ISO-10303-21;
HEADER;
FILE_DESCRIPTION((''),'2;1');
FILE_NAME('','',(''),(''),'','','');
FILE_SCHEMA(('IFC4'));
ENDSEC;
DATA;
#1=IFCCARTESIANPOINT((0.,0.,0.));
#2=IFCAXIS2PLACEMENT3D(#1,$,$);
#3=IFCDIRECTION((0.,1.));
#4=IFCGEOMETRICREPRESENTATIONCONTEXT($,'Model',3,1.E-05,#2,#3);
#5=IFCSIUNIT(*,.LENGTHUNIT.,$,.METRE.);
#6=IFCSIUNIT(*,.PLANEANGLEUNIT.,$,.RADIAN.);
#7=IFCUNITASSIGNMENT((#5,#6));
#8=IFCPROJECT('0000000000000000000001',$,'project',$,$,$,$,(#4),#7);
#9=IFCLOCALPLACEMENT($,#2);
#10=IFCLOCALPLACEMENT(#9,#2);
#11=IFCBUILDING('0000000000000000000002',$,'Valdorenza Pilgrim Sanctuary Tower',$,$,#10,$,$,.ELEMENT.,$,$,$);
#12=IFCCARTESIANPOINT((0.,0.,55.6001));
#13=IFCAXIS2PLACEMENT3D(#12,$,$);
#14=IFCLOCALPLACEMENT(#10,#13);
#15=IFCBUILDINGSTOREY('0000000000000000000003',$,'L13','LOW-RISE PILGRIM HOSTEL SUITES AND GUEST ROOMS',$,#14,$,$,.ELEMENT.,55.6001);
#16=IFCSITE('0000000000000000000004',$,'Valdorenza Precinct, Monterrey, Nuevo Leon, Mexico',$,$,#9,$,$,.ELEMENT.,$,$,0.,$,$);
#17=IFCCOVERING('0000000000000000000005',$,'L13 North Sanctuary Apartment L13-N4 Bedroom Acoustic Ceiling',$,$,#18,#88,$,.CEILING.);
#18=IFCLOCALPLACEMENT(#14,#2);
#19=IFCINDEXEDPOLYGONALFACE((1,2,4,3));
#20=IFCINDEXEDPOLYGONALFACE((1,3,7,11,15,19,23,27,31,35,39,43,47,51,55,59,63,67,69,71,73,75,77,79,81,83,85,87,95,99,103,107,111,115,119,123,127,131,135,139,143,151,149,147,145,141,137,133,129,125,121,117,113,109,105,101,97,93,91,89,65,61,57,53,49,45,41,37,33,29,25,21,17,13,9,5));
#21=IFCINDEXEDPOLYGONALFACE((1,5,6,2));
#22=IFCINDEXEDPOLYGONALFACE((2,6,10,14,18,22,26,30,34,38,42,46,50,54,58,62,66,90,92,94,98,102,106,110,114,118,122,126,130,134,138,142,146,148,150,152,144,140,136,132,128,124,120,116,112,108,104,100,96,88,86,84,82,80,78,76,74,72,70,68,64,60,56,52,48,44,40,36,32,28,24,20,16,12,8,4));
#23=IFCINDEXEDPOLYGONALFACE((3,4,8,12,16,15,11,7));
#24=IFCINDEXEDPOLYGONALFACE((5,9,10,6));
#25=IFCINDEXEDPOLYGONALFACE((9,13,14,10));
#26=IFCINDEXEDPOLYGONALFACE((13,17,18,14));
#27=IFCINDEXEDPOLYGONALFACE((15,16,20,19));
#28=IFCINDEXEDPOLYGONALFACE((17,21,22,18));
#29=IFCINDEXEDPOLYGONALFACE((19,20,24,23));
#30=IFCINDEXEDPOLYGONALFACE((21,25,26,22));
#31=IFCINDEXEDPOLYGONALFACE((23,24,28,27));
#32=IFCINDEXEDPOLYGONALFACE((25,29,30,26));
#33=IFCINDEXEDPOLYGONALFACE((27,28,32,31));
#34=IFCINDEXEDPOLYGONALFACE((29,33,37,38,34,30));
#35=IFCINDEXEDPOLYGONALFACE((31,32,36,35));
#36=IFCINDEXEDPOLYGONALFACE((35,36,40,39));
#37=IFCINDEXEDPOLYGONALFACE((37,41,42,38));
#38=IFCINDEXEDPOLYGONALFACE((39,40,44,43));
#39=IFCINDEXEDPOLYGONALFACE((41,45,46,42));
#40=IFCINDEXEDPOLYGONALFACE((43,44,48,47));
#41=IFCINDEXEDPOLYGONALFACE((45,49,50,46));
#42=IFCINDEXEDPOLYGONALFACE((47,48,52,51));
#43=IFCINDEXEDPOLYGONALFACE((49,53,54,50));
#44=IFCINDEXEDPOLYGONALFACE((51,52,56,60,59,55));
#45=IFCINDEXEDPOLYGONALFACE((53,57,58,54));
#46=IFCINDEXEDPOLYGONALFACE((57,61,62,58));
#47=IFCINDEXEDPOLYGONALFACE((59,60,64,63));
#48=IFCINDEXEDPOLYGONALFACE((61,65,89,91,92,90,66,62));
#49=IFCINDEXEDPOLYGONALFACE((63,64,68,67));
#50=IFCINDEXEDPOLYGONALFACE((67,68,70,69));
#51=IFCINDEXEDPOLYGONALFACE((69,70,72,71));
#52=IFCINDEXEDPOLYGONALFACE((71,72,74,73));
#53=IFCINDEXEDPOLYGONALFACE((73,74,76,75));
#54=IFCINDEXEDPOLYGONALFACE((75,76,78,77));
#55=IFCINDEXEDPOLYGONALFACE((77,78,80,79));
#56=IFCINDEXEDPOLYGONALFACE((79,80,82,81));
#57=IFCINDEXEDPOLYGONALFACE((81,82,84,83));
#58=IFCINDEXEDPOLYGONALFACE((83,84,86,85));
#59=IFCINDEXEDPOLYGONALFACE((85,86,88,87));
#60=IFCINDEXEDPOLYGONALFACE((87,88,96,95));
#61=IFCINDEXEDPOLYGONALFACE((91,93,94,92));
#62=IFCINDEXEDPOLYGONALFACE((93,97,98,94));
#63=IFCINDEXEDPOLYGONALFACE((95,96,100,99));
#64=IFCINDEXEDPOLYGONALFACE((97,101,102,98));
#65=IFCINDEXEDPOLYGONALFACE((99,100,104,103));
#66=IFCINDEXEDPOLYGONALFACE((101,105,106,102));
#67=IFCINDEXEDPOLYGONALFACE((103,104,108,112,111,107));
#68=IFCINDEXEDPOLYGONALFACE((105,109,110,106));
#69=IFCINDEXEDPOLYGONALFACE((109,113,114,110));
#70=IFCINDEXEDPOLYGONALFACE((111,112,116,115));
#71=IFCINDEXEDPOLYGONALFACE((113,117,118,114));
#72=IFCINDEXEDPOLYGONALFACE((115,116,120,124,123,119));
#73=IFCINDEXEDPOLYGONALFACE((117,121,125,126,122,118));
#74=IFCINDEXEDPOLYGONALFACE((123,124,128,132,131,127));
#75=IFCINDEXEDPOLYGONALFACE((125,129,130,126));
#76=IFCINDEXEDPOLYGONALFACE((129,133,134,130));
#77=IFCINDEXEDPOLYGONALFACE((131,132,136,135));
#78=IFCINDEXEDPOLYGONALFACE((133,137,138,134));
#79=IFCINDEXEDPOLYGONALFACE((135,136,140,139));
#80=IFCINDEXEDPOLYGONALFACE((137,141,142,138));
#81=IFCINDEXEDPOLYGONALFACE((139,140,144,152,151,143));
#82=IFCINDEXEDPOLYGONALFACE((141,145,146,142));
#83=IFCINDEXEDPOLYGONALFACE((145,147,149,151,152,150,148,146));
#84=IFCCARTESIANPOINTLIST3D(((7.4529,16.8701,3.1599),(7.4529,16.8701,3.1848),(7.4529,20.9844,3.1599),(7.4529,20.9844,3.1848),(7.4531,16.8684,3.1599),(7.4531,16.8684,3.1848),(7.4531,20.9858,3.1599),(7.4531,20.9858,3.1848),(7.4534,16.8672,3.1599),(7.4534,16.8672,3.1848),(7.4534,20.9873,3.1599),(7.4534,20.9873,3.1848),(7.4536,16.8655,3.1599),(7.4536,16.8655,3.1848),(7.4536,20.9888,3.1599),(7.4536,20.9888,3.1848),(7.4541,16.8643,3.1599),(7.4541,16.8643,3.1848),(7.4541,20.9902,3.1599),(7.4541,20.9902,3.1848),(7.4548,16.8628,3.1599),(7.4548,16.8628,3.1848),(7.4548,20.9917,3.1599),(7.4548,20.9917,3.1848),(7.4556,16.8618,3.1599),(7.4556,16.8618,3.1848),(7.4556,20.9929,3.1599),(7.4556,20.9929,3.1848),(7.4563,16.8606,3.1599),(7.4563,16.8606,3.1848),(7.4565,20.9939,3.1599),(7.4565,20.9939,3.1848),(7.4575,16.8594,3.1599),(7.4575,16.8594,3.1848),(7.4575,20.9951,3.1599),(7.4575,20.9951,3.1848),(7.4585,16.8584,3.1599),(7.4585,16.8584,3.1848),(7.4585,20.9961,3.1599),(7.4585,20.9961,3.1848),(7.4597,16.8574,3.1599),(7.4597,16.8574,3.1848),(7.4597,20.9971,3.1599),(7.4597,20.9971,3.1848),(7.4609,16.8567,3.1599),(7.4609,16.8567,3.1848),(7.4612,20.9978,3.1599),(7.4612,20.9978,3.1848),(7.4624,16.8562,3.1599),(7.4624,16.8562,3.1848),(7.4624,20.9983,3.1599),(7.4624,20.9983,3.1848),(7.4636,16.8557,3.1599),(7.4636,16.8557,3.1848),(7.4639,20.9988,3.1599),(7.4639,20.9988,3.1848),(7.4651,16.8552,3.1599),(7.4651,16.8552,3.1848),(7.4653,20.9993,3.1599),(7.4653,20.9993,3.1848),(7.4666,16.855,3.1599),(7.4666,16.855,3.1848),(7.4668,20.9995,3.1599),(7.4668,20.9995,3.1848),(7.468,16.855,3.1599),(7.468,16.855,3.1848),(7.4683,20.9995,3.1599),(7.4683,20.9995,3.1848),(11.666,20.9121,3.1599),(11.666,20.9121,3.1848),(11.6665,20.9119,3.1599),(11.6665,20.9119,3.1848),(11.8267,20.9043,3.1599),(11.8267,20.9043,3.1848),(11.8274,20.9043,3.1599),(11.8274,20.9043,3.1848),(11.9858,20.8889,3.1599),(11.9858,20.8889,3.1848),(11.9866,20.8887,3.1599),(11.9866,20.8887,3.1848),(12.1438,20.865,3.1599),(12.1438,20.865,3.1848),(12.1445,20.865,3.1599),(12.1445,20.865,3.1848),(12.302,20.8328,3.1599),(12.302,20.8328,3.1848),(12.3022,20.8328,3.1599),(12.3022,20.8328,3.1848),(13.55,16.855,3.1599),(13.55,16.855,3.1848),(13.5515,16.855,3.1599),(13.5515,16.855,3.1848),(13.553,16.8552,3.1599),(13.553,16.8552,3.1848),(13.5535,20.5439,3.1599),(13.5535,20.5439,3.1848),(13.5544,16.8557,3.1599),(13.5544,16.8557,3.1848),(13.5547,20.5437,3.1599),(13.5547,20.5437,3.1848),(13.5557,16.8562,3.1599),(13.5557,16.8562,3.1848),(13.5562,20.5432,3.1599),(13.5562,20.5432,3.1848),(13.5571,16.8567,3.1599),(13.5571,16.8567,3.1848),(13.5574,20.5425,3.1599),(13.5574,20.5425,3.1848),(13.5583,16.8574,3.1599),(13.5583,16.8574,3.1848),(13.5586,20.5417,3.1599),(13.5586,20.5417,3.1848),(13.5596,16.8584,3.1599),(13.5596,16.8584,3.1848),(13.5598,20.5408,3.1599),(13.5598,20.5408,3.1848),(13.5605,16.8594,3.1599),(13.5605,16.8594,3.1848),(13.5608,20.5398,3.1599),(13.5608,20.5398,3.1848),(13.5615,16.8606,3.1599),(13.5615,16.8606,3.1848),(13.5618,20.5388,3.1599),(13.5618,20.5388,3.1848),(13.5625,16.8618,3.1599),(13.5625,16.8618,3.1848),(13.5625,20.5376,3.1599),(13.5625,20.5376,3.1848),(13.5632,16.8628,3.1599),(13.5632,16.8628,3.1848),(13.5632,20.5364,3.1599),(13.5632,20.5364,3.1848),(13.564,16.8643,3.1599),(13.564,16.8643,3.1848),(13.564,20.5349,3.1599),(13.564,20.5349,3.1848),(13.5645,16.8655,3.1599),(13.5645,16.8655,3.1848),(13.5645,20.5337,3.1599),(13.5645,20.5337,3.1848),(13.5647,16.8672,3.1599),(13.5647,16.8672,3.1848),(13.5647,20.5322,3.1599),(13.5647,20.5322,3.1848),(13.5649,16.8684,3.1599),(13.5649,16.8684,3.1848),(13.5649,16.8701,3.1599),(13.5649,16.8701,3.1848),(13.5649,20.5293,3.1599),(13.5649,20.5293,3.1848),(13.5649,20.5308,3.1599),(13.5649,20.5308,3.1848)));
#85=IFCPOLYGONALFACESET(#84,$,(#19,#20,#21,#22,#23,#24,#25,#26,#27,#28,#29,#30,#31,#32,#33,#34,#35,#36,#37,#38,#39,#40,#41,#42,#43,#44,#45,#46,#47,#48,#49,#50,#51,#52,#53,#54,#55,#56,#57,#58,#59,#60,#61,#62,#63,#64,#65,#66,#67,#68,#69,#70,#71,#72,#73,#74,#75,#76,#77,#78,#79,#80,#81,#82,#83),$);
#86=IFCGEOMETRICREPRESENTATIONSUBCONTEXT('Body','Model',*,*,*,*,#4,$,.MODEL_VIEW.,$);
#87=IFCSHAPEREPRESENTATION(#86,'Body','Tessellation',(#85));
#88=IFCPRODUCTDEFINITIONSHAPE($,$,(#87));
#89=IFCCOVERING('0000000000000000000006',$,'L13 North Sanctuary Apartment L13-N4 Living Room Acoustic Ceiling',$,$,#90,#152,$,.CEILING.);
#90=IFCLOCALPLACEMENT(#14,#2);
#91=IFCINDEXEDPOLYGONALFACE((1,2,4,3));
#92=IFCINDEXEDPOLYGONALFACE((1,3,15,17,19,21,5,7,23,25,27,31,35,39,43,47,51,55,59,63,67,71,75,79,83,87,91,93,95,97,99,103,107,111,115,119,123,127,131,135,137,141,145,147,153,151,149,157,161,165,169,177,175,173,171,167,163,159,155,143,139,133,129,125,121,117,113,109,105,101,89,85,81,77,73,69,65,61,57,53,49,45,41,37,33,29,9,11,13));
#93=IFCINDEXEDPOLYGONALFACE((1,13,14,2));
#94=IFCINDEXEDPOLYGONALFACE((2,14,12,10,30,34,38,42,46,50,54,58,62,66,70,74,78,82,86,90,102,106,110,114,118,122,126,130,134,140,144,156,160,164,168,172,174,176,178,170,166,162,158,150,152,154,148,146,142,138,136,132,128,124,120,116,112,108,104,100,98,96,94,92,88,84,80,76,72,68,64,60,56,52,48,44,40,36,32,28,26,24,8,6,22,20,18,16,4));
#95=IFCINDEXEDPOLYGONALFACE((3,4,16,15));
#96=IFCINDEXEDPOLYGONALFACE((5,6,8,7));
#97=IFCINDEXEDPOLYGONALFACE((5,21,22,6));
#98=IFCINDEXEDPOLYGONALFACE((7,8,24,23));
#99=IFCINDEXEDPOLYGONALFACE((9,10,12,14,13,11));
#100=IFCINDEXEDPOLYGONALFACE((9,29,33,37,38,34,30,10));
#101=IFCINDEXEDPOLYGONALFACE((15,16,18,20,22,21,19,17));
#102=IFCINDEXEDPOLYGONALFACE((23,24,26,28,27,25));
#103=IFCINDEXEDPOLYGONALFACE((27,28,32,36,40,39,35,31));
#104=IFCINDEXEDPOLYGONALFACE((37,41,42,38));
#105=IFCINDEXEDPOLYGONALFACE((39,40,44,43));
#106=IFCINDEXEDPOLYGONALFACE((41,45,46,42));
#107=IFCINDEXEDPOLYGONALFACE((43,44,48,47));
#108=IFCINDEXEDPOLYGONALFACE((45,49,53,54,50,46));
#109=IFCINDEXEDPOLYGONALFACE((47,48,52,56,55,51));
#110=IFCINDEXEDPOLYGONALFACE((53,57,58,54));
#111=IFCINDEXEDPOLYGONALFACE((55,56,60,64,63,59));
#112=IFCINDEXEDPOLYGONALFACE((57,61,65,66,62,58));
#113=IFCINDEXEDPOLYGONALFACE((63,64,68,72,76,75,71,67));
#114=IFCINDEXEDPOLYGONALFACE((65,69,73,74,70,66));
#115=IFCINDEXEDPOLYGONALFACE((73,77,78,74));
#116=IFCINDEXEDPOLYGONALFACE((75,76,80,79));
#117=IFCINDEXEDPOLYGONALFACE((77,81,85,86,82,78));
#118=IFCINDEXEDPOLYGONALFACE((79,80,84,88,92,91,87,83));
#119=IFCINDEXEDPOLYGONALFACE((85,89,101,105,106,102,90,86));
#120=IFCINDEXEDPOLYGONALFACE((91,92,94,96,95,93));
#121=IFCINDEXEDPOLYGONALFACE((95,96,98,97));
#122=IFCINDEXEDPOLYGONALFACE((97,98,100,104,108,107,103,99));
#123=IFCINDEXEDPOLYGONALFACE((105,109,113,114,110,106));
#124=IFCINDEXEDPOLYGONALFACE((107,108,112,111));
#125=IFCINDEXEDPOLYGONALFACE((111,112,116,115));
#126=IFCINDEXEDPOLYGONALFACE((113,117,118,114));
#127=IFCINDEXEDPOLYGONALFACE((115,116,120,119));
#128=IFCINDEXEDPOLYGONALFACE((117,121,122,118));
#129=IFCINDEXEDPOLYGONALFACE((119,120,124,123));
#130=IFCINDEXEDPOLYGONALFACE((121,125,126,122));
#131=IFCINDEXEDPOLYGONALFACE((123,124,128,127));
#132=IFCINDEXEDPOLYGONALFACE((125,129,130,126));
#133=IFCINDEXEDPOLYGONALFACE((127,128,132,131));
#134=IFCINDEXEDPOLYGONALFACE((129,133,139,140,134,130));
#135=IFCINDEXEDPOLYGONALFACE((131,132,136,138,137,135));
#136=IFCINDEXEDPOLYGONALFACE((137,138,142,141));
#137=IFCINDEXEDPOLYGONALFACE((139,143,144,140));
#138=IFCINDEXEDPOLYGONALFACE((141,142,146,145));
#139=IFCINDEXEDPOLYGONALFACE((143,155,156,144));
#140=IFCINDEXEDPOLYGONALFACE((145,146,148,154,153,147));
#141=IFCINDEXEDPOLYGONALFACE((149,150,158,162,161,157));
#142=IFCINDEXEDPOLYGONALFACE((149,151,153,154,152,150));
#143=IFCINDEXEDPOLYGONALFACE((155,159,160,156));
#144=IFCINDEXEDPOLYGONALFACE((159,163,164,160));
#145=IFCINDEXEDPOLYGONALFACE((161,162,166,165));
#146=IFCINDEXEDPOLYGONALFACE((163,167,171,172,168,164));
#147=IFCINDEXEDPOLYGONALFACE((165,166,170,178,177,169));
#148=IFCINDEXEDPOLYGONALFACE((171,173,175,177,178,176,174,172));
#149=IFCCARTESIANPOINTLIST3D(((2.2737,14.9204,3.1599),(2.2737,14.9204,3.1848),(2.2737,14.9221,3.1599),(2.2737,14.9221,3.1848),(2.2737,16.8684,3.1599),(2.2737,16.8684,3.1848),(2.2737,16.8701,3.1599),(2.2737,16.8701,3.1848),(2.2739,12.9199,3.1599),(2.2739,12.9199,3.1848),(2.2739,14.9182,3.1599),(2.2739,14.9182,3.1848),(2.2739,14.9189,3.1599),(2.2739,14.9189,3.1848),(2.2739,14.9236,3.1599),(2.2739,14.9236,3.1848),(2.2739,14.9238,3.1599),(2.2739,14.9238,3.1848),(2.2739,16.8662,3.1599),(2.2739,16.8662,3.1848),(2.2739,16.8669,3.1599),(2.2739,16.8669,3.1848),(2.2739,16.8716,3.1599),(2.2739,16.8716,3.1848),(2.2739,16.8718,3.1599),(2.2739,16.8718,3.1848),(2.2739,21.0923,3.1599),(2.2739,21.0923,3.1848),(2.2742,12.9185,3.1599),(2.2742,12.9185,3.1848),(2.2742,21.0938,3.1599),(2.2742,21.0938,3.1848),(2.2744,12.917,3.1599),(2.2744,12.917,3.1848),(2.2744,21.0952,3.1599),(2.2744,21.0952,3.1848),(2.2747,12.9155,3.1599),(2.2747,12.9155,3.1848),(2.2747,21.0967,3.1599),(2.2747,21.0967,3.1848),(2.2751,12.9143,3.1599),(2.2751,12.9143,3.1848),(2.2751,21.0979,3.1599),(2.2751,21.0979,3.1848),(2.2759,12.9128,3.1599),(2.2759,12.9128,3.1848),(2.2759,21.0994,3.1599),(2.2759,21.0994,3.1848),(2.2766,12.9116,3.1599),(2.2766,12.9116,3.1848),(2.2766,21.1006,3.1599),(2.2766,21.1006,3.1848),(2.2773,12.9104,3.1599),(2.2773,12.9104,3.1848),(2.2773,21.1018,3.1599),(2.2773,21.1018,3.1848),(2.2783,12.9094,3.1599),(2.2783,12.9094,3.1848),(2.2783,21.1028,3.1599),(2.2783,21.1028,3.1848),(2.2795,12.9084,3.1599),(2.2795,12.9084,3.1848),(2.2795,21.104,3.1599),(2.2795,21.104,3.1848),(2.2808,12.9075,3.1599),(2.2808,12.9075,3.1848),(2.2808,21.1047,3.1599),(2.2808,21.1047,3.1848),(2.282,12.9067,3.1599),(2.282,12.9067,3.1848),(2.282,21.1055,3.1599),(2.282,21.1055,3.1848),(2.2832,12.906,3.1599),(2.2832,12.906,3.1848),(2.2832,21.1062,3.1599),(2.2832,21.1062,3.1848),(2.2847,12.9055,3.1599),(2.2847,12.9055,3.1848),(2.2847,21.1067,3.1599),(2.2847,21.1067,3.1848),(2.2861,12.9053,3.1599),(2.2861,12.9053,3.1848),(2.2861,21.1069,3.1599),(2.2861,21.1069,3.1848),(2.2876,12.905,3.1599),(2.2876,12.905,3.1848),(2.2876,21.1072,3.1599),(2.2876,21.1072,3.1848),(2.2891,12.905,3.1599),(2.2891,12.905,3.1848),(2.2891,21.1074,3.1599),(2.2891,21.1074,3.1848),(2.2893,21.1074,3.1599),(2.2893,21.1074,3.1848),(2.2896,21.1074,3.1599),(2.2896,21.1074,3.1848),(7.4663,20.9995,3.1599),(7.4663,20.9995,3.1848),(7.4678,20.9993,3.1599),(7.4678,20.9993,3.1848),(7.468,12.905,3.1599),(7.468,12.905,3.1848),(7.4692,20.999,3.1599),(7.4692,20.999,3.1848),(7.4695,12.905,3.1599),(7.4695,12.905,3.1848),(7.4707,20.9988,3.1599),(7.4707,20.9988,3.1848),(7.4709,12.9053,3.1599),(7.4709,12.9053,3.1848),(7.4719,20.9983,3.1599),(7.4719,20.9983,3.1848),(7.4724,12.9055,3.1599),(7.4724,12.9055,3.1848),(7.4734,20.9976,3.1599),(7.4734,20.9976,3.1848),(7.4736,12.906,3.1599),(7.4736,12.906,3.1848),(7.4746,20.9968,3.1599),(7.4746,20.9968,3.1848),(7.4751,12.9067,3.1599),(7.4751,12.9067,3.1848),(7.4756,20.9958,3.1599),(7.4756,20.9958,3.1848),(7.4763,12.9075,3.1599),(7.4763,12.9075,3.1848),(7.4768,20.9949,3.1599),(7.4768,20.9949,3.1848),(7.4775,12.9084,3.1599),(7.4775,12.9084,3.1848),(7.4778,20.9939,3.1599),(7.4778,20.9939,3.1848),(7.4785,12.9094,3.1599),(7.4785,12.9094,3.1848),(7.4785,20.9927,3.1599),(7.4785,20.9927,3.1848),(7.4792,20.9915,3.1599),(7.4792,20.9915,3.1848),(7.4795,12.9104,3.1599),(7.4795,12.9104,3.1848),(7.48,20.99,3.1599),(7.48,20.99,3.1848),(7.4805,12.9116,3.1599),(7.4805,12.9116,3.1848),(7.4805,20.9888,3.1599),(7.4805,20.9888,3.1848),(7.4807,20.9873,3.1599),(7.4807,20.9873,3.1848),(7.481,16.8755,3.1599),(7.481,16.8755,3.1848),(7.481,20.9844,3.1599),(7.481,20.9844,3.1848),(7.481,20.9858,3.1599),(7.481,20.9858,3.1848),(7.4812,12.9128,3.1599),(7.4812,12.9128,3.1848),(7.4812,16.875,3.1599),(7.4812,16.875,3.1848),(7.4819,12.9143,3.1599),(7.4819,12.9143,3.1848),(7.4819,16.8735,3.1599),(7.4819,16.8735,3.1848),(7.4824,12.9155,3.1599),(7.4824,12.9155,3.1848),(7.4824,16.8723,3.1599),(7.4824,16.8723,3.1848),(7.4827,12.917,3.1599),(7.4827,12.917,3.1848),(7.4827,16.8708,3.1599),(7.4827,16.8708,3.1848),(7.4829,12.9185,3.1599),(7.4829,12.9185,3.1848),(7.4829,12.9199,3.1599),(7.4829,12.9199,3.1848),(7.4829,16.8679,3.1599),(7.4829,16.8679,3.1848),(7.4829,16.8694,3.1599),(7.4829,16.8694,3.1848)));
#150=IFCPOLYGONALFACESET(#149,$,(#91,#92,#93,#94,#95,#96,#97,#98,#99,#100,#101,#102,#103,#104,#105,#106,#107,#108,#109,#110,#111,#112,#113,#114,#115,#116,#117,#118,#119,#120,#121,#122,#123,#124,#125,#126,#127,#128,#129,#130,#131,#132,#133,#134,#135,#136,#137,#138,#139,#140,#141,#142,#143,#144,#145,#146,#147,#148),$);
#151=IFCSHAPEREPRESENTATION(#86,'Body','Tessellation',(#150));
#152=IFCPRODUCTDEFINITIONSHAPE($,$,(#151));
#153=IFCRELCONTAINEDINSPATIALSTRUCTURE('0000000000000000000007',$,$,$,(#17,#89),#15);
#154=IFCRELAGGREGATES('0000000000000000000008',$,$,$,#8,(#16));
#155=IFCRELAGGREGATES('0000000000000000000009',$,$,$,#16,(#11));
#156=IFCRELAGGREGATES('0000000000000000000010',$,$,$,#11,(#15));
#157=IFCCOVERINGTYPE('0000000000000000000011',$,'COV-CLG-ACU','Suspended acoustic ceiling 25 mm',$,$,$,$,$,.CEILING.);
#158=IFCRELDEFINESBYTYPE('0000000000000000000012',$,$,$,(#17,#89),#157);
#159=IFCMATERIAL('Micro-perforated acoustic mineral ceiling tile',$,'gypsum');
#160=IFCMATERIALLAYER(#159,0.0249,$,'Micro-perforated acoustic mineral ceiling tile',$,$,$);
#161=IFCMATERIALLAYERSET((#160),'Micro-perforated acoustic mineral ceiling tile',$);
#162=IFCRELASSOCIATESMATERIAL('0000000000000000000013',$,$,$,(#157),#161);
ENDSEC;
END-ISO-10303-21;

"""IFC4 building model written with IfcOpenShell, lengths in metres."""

from ifc_helpers import new_model, si_unit, direction, frame, origin, place, context, subcontext, project, spatial, polyline, outline, extrude, material, layer, layer_set, type_object, element, save


model = new_model("IFC4")

# Units and contexts
model_context = context("Model", 3, precision=1e-05, world=origin(), true_north=direction((0.0, 1.0)))
body_context = subcontext(model_context, "Body", "Model", "MODEL_VIEW")
ifc_project = project(units=[si_unit("LENGTHUNIT", "METRE"), si_unit("PLANEANGLEUNIT", "RADIAN")], contexts=[model_context])

# Site, building, storey
site_placement = place(None, origin())
site = spatial("IfcSite", under=ifc_project, at=site_placement, Name="Valdorenza Precinct, Monterrey, Nuevo Leon, Mexico", CompositionType="ELEMENT", RefElevation=0.0)
building_placement = place(site_placement, origin())
building = spatial("IfcBuilding", under=site, at=building_placement, Name="Valdorenza Pilgrim Sanctuary Tower", CompositionType="ELEMENT")
storey_placement = place(building_placement, frame((0.0, 0.0, 55.6001)))
storey = spatial("IfcBuildingStorey", under=building, at=storey_placement, Name="L13", Description="LOW-RISE PILGRIM HOSTEL SUITES AND GUEST ROOMS", CompositionType="ELEMENT", Elevation=55.6001)

# Coverings
ifc_material_1 = material(Name="Micro-perforated acoustic mineral ceiling tile", Category="gypsum")
ifc_layer_1 = layer(ifc_material_1, 0.0249, Name="Micro-perforated acoustic mineral ceiling tile")
ifc_layer_set_1 = layer_set([ifc_layer_1], Name="Micro-perforated acoustic mineral ceiling tile")
covering_type_1 = type_object("IfcCoveringType", Name="COV-CLG-ACU", Description="Suspended acoustic ceiling 25 mm", PredefinedType="CEILING", material=ifc_layer_set_1)
covering_1_placement = place(storey_placement, frame((0.0, 0.0, 3.1599)))
element("IfcCovering", 1, at=covering_1_placement, inside=storey, type_object=covering_type_1, Name="L13 North Sanctuary Apartment L13-N4 Bedroom Acoustic Ceiling", PredefinedType="CEILING", context=body_context, shape_type="SweptSolid", body=[
    extrude(outline(polyline([(7.468, 16.855), (7.4666, 16.855), (7.4651, 16.8552), (7.4636, 16.8557), (7.4624, 16.8562), (7.4609, 16.8567), (7.4597, 16.8574), (7.4585, 16.8584), (7.4575, 16.8594), (7.4563, 16.8606), (7.4556, 16.8618), (7.4548, 16.8628), (7.4541, 16.8643), (7.4536, 16.8655), (7.4534, 16.8672), (7.4531, 16.8684), (7.4529, 16.8701), (7.4529, 20.9844), (7.4531, 20.9858), (7.4534, 20.9873), (7.4536, 20.9888), (7.4541, 20.9902), (7.4548, 20.9917), (7.4556, 20.9929), (7.4565, 20.9939), (7.4575, 20.9951), (7.4585, 20.9961), (7.4597, 20.9971), (7.4612, 20.9978), (7.4624, 20.9983), (7.4639, 20.9988), (7.4653, 20.9993), (7.4668, 20.9995), (7.4683, 20.9995), (11.666, 20.9121), (11.6665, 20.9119), (11.8267, 20.9043), (11.8274, 20.9043), (11.9858, 20.8889), (11.9866, 20.8887), (12.1438, 20.865), (12.1445, 20.865), (12.302, 20.8328), (12.3022, 20.8328), (13.5535, 20.5439), (13.5547, 20.5437), (13.5562, 20.5432), (13.5574, 20.5425), (13.5586, 20.5417), (13.5598, 20.5408), (13.5608, 20.5398), (13.5618, 20.5388), (13.5625, 20.5376), (13.5632, 20.5364), (13.564, 20.5349), (13.5645, 20.5337), (13.5647, 20.5322), (13.5649, 20.5308), (13.5649, 20.5293), (13.5649, 16.8701), (13.5649, 16.8684), (13.5647, 16.8672), (13.5645, 16.8655), (13.564, 16.8643), (13.5632, 16.8628), (13.5625, 16.8618), (13.5615, 16.8606), (13.5605, 16.8594), (13.5596, 16.8584), (13.5583, 16.8574), (13.5571, 16.8567), (13.5557, 16.8562), (13.5544, 16.8557), (13.553, 16.8552), (13.5515, 16.855), (13.55, 16.855), (7.468, 16.855)])), origin(), (0.0, 0.0, 1.0), 0.0249),
])
covering_2_placement = place(storey_placement, frame((0.0, 0.0, 3.1599)))
element("IfcCovering", 2, at=covering_2_placement, inside=storey, type_object=covering_type_1, Name="L13 North Sanctuary Apartment L13-N4 Living Room Acoustic Ceiling", PredefinedType="CEILING", context=body_context, shape_type="SweptSolid", body=[
    extrude(outline(polyline([(2.2739, 14.9182), (2.2739, 14.9189), (2.2737, 14.9204), (2.2737, 14.9221), (2.2739, 14.9236), (2.2739, 14.9238), (2.2739, 16.8662), (2.2739, 16.8669), (2.2737, 16.8684), (2.2737, 16.8701), (2.2739, 16.8716), (2.2739, 16.8718), (2.2739, 21.0923), (2.2742, 21.0938), (2.2744, 21.0952), (2.2747, 21.0967), (2.2751, 21.0979), (2.2759, 21.0994), (2.2766, 21.1006), (2.2773, 21.1018), (2.2783, 21.1028), (2.2795, 21.104), (2.2808, 21.1047), (2.282, 21.1055), (2.2832, 21.1062), (2.2847, 21.1067), (2.2861, 21.1069), (2.2876, 21.1072), (2.2891, 21.1074), (2.2893, 21.1074), (2.2896, 21.1074), (7.4663, 20.9995), (7.4678, 20.9993), (7.4692, 20.999), (7.4707, 20.9988), (7.4719, 20.9983), (7.4734, 20.9976), (7.4746, 20.9968), (7.4756, 20.9958), (7.4768, 20.9949), (7.4778, 20.9939), (7.4785, 20.9927), (7.4792, 20.9915), (7.48, 20.99), (7.4805, 20.9888), (7.4807, 20.9873), (7.481, 20.9858), (7.481, 20.9844), (7.481, 16.8755), (7.4812, 16.875), (7.4819, 16.8735), (7.4824, 16.8723), (7.4827, 16.8708), (7.4829, 16.8694), (7.4829, 16.8679), (7.4829, 12.9199), (7.4829, 12.9185), (7.4827, 12.917), (7.4824, 12.9155), (7.4819, 12.9143), (7.4812, 12.9128), (7.4805, 12.9116), (7.4795, 12.9104), (7.4785, 12.9094), (7.4775, 12.9084), (7.4763, 12.9075), (7.4751, 12.9067), (7.4736, 12.906), (7.4724, 12.9055), (7.4709, 12.9053), (7.4695, 12.905), (7.468, 12.905), (2.2891, 12.905), (2.2876, 12.905), (2.2861, 12.9053), (2.2847, 12.9055), (2.2832, 12.906), (2.282, 12.9067), (2.2808, 12.9075), (2.2795, 12.9084), (2.2783, 12.9094), (2.2773, 12.9104), (2.2766, 12.9116), (2.2759, 12.9128), (2.2751, 12.9143), (2.2747, 12.9155), (2.2744, 12.917), (2.2742, 12.9185), (2.2739, 12.9199), (2.2739, 14.9182)])), origin(), (0.0, 0.0, 1.0), 0.0249),
])

save(model, "model.ifc")
